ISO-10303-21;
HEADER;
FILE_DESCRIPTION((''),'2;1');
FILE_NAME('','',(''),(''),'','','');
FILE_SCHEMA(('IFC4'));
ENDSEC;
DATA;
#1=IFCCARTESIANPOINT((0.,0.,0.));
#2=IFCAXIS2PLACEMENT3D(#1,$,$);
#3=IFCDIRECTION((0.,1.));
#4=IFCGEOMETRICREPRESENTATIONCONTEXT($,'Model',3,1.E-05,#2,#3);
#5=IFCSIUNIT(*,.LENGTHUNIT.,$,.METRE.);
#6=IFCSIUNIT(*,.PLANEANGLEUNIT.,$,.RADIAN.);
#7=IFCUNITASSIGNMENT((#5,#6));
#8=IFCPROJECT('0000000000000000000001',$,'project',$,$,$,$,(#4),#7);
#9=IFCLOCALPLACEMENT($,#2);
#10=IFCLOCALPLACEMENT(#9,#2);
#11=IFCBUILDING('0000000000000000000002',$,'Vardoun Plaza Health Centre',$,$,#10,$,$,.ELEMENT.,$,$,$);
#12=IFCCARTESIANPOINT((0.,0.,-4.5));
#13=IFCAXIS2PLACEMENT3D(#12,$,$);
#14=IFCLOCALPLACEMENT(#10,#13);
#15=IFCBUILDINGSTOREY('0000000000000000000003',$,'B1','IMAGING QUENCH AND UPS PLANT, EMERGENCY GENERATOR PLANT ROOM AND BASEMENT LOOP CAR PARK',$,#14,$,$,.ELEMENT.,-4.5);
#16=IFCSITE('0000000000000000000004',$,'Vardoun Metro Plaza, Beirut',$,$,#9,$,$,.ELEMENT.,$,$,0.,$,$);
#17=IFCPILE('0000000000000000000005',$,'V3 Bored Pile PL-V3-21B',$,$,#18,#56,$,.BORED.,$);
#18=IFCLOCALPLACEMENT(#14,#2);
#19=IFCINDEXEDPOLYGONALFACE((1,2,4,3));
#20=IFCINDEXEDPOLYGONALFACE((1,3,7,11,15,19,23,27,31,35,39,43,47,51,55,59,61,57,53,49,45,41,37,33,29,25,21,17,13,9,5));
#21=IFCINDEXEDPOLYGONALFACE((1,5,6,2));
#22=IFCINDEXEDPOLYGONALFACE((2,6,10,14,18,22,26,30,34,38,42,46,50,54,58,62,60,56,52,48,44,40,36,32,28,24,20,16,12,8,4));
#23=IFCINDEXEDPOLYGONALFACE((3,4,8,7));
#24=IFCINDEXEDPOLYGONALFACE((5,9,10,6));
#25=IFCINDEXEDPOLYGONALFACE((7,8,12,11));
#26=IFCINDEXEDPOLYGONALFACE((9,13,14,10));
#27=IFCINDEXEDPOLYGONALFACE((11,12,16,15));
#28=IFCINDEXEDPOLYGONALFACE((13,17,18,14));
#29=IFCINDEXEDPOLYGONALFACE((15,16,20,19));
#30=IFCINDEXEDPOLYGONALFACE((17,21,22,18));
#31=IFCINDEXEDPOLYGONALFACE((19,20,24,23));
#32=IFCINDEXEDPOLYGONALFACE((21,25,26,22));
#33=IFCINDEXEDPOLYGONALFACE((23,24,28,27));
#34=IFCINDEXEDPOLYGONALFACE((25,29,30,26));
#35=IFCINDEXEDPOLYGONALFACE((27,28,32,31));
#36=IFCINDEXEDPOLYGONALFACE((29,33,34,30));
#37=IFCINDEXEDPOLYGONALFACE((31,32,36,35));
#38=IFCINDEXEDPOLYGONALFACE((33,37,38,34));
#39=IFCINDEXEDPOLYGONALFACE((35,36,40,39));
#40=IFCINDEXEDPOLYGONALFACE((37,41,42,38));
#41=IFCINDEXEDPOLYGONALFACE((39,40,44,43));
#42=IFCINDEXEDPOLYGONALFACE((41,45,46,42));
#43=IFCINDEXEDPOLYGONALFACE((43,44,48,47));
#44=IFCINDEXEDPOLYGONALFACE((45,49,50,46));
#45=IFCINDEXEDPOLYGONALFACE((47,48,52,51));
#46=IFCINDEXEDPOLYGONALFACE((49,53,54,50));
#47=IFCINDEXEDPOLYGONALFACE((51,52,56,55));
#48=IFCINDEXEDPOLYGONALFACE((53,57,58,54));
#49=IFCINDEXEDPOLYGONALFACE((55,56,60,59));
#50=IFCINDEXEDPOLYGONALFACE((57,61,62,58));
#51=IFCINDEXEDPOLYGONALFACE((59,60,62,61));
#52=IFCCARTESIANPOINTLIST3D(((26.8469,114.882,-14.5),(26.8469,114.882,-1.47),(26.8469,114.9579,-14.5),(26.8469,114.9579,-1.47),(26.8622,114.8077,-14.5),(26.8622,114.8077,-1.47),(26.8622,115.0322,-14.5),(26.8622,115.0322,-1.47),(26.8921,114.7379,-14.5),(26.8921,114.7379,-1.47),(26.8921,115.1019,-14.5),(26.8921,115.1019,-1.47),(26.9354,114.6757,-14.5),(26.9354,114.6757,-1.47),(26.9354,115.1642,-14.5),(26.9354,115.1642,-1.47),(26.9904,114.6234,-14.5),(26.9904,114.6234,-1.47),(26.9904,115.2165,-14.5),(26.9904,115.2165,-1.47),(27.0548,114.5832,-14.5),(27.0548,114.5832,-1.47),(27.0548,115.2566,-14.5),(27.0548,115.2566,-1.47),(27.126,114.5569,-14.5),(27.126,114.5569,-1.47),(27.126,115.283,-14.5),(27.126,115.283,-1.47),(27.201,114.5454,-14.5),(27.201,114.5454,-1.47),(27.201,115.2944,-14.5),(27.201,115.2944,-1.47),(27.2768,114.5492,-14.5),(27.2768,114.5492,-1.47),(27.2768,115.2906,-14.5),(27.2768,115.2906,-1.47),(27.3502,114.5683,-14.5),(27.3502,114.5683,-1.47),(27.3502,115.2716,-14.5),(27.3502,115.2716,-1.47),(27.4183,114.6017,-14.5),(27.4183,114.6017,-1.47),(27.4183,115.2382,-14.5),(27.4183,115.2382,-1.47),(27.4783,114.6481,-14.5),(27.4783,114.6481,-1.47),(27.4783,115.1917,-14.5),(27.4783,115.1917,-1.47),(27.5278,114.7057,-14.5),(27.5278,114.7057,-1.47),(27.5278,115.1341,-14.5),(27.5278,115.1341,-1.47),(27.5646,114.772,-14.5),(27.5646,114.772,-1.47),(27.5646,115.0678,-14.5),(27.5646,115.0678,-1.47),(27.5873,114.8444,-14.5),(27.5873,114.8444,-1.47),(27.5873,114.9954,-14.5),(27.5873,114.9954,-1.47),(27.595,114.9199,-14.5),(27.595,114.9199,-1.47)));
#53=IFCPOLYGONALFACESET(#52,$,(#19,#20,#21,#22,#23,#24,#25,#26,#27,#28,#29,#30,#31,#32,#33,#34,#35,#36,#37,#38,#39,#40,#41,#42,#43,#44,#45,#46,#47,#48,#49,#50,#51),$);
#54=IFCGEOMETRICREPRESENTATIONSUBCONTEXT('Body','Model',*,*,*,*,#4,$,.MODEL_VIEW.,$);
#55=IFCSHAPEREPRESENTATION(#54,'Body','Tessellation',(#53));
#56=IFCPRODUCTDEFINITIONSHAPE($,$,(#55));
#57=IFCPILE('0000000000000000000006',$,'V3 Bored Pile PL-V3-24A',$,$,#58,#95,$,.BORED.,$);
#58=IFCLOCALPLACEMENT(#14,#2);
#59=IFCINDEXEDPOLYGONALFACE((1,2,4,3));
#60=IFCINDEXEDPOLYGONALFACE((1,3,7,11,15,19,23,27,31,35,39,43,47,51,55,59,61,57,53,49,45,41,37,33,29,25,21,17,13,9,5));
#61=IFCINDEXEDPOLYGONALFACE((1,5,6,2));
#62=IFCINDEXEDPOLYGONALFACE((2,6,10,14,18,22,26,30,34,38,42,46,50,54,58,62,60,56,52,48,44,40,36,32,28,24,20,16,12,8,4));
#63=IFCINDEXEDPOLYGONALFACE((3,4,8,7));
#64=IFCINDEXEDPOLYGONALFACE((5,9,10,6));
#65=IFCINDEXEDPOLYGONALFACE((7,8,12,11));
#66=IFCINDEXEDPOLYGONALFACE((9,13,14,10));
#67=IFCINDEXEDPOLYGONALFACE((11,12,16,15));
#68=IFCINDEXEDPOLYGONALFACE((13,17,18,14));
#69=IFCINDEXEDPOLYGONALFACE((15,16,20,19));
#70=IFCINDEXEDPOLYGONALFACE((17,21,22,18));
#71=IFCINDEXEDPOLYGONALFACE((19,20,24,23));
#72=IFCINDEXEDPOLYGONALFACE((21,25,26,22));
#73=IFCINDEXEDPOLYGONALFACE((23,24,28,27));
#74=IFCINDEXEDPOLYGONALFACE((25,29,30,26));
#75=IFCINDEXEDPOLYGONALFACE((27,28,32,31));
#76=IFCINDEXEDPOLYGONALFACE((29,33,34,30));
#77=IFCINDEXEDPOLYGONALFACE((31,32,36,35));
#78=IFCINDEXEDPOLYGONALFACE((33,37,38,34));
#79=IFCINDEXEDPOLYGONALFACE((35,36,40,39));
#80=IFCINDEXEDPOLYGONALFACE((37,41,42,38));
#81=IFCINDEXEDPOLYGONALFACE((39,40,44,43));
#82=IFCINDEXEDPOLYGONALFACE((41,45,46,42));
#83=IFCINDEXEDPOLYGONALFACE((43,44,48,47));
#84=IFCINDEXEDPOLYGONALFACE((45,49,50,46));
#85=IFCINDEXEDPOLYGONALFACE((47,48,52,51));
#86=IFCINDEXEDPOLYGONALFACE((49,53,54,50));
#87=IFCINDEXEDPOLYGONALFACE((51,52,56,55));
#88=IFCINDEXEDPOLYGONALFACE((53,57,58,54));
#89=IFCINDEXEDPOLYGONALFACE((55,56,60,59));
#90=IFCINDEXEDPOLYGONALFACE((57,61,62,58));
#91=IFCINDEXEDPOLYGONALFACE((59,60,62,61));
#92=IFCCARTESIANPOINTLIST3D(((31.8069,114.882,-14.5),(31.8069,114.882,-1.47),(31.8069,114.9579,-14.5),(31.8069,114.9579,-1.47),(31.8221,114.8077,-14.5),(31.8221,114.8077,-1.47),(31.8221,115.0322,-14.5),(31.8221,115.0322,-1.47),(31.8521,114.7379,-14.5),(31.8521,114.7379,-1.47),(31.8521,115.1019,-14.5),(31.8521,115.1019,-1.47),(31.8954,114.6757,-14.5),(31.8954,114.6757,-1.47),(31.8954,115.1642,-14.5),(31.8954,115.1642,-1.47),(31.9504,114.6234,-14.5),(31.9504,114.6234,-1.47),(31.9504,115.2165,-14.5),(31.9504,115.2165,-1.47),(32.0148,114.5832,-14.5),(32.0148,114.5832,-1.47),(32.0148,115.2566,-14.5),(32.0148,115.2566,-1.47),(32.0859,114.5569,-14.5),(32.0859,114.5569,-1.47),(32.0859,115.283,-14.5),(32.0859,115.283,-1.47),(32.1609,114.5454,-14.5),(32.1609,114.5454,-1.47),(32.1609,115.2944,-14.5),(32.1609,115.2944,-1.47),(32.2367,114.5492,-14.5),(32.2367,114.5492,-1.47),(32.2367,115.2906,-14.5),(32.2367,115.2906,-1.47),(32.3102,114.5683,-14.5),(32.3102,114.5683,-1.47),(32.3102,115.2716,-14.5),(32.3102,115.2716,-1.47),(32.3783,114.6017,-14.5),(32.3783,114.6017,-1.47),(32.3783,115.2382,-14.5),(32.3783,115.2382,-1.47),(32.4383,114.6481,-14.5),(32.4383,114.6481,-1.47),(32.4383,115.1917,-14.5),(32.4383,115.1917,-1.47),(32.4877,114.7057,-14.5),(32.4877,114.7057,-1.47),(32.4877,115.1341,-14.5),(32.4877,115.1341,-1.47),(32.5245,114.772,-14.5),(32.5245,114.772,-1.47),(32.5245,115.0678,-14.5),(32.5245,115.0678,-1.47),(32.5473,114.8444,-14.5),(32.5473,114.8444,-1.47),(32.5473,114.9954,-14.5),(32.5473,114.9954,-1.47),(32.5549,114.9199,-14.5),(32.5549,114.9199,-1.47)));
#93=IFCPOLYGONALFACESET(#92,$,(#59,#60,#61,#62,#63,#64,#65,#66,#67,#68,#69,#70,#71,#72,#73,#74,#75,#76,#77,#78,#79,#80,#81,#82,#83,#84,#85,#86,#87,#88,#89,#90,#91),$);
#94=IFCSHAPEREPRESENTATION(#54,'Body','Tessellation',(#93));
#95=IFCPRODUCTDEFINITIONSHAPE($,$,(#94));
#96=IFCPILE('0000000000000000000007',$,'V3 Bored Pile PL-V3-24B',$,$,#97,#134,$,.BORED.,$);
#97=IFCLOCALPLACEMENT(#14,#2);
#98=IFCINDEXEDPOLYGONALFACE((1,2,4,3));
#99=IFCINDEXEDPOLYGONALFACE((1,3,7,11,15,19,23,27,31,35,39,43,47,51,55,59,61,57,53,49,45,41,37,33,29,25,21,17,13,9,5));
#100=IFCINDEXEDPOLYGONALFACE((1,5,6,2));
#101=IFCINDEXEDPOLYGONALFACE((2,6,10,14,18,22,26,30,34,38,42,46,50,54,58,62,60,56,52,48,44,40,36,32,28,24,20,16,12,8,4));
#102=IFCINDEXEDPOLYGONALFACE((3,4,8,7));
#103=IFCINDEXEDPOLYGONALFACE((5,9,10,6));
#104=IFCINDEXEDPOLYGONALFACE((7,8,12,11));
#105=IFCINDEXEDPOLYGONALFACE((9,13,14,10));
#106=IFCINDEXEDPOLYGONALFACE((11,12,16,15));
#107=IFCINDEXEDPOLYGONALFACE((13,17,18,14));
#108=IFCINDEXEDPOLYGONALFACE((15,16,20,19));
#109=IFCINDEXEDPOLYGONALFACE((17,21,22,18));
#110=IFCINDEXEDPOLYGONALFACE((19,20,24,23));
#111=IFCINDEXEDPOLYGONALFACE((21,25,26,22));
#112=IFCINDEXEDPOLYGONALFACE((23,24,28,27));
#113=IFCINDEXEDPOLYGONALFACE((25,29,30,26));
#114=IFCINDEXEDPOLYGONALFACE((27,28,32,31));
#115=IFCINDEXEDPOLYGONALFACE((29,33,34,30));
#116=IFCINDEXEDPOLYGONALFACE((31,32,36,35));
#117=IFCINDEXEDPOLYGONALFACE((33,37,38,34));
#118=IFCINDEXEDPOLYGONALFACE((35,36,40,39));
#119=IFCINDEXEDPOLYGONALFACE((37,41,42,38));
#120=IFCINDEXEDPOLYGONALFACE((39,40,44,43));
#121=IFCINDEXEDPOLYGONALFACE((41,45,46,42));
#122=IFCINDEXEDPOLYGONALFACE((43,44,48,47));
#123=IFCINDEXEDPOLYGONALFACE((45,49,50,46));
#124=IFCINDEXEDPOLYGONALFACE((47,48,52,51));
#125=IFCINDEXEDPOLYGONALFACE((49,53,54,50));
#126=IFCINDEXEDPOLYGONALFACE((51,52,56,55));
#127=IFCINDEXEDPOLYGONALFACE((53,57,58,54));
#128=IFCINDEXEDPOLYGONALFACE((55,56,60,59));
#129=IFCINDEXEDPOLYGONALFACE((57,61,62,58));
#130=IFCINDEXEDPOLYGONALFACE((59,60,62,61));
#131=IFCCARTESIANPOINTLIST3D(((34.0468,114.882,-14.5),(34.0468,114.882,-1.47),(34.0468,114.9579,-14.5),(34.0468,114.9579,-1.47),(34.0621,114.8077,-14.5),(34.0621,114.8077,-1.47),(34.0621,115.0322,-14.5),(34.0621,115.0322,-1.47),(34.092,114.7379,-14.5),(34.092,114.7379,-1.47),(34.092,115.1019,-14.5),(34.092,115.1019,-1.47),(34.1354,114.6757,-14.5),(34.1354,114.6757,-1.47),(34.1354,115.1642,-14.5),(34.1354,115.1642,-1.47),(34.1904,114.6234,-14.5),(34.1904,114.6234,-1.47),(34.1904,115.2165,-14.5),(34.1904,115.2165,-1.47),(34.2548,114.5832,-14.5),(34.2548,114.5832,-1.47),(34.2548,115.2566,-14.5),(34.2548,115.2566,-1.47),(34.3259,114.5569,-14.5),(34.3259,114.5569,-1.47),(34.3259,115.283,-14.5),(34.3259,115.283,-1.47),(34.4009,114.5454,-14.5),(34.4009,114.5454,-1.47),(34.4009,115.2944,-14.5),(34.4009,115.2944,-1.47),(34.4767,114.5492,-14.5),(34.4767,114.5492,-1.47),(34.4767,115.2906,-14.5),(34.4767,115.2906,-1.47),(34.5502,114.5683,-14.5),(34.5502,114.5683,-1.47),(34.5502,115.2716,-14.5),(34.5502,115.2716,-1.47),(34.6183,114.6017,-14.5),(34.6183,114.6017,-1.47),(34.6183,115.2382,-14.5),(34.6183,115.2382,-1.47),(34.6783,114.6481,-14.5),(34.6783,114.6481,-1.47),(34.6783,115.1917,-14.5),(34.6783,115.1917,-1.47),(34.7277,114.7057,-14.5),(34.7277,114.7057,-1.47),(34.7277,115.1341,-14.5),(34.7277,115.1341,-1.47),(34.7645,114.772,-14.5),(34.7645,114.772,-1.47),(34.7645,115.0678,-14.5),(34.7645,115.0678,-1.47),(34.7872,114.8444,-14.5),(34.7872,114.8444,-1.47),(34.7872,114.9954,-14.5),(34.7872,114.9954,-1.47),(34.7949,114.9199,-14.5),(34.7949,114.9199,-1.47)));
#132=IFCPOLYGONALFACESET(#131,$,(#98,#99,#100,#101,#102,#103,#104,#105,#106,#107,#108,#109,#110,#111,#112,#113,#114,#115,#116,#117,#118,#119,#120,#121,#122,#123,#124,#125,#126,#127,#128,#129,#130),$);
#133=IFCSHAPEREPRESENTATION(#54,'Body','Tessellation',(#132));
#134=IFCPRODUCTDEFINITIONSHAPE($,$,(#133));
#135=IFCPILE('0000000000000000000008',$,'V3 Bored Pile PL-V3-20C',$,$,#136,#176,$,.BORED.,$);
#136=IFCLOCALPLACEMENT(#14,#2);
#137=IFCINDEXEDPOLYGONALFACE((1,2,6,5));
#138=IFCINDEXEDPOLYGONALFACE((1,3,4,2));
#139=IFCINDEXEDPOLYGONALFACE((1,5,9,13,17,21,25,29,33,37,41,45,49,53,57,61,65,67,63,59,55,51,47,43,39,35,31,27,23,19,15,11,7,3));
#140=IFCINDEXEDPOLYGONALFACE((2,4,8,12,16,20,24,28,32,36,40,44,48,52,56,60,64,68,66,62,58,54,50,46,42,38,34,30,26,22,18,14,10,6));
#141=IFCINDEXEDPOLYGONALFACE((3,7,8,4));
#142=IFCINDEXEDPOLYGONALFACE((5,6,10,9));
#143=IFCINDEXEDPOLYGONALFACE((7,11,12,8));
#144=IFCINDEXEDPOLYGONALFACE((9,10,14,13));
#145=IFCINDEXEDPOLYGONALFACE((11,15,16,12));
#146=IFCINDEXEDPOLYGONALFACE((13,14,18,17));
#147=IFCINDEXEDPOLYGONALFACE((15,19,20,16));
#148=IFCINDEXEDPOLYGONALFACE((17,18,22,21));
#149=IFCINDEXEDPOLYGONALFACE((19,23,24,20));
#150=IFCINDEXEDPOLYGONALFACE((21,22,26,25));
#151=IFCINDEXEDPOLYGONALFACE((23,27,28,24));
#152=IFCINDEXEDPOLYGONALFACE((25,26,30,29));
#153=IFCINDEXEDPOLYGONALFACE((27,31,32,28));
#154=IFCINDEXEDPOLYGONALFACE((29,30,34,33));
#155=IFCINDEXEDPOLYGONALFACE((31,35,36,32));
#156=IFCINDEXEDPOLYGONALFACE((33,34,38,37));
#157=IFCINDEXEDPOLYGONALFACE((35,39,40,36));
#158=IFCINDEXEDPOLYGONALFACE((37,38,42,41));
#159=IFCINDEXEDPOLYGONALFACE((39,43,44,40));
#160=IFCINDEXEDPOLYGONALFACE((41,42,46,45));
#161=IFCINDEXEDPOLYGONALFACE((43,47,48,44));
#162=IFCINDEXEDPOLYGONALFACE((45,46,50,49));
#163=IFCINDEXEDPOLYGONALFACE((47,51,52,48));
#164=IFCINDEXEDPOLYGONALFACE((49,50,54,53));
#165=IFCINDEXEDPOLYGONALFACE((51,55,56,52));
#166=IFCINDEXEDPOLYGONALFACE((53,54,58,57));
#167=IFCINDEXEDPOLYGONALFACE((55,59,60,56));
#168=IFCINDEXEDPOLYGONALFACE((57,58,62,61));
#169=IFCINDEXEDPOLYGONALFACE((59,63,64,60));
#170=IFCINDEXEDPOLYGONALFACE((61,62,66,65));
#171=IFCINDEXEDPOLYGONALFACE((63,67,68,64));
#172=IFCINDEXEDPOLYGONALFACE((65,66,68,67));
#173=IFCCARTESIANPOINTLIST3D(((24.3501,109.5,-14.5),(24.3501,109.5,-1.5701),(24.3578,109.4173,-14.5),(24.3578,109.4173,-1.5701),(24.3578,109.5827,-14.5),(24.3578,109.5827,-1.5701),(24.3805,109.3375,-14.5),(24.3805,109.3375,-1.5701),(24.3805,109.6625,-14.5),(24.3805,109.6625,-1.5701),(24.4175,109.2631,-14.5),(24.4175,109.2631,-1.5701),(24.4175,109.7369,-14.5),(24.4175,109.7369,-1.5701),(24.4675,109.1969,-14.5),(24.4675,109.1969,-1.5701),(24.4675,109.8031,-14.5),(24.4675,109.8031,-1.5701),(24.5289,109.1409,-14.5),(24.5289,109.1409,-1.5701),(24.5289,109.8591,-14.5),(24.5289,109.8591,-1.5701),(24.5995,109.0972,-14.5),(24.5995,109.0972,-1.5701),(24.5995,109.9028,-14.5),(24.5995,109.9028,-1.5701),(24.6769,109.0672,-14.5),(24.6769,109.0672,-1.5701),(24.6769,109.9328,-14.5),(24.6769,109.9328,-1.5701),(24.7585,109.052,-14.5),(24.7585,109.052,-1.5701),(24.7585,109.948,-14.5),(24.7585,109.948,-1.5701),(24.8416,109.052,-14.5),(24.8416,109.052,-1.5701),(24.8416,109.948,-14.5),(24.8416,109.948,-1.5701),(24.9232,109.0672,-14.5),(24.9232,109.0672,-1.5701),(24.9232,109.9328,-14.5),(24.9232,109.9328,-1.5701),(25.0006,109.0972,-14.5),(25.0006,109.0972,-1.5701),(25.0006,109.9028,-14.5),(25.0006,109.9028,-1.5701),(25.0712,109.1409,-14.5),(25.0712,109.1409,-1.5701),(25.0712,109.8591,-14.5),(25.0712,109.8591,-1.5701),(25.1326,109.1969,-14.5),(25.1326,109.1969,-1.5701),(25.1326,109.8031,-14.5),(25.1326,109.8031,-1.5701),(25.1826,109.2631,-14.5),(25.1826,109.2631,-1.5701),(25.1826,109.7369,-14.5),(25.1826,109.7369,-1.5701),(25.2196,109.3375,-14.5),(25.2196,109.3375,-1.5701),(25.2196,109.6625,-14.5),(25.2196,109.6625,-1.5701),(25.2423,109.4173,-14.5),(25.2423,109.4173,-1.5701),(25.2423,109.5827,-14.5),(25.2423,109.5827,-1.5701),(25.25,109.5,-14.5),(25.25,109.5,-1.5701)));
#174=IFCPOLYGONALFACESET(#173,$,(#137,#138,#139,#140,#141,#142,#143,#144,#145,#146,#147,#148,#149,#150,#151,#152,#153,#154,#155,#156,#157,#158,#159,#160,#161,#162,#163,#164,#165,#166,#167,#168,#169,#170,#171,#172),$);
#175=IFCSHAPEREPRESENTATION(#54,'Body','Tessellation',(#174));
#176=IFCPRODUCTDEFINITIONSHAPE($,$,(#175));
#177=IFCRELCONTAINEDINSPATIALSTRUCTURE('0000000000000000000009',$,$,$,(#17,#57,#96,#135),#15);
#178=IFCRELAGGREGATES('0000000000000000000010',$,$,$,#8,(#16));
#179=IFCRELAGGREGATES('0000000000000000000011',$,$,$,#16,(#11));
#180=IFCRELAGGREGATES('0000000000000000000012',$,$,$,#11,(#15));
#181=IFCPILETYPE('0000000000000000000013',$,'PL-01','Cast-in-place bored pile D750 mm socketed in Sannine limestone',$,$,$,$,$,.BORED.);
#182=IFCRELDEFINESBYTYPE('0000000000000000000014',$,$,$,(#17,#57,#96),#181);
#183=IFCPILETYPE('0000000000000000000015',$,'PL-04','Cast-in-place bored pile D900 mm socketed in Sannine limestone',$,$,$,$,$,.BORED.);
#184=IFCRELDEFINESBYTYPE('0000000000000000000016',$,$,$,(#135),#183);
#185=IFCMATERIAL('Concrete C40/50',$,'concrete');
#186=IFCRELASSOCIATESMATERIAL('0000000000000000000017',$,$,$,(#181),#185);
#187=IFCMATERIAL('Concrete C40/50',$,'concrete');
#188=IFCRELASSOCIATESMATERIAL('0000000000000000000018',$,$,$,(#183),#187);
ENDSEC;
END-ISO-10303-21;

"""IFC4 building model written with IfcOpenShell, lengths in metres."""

from ifc_helpers import new_model, si_unit, direction, frame, origin, origin_2d, place, context, subcontext, project, spatial, circle, extrude, material, material_profile, profile_set, type_object, element, save


model = new_model("IFC4")

# Units and contexts
model_context = context("Model", 3, precision=1e-05, world=origin(), true_north=direction((0.0, 1.0)))
body_context = subcontext(model_context, "Body", "Model", "MODEL_VIEW")
ifc_project = project(units=[si_unit("LENGTHUNIT", "METRE"), si_unit("PLANEANGLEUNIT", "RADIAN")], contexts=[model_context])

# Site, building, storey
site_placement = place(None, origin())
site = spatial("IfcSite", under=ifc_project, at=site_placement, Name="Vardoun Metro Plaza, Beirut", CompositionType="ELEMENT", RefElevation=0.0)
building_placement = place(site_placement, origin())
building = spatial("IfcBuilding", under=site, at=building_placement, Name="Vardoun Plaza Health Centre", CompositionType="ELEMENT")
storey_placement = place(building_placement, frame((0.0, 0.0, -4.5)))
storey = spatial("IfcBuildingStorey", under=building, at=storey_placement, Name="B1", Description="IMAGING QUENCH AND UPS PLANT, EMERGENCY GENERATOR PLANT ROOM AND BASEMENT LOOP CAR PARK", CompositionType="ELEMENT", Elevation=-4.5)

# Piles
ifc_material_1 = material(Name="Concrete C40/50", Category="concrete")
ifc_material_profile_1 = material_profile(ifc_material_1, circle(Radius=0.375, at=origin_2d()), Name="PILE D750")
ifc_profile_set_1 = profile_set([ifc_material_profile_1], Name="Concrete C40/50")
pile_type_1 = type_object("IfcPileType", Name="PL-01", Description="Cast-in-place bored pile D750 mm socketed in Sannine limestone", PredefinedType="BORED", material=ifc_profile_set_1)
for number, where, z_axis, x_axis, name in (
    (1, (27.22, 114.9199, -1.47), (0.0, 0.0, -1.0), (1.0, 0.0, 0.0), "V3 Bored Pile PL-V3-21B"),
    (2, (32.1799, 114.9199, -1.47), (0.0, 0.0, -1.0), (1.0, 0.0, 0.0), "V3 Bored Pile PL-V3-24A"),
    (3, (34.4199, 114.9199, -1.47), (0.0, 0.0, -1.0), (1.0, 0.0, 0.0), "V3 Bored Pile PL-V3-24B"),
):
    element("IfcPile", number, at=place(storey_placement, frame(where, z_axis=z_axis, x_axis=x_axis)), inside=storey, type_object=pile_type_1, Name=name, PredefinedType="BORED", context=body_context, shape_type="SweptSolid", body=[
        extrude(circle(Radius=0.375, at=origin_2d()), origin(), (0.0, 0.0, 1.0), 13.03),
    ])
ifc_material_2 = material(Name="Concrete C40/50", Category="concrete")
ifc_material_profile_2 = material_profile(ifc_material_2, circle(Radius=0.45, at=origin_2d()), Name="PILE D900")
ifc_profile_set_2 = profile_set([ifc_material_profile_2], Name="Concrete C40/50")
pile_type_2 = type_object("IfcPileType", Name="PL-04", Description="Cast-in-place bored pile D900 mm socketed in Sannine limestone", PredefinedType="BORED", material=ifc_profile_set_2)
for number, where, z_axis, x_axis, name in (
    (4, (24.8, 109.5, -1.5701), (0.0, 0.0, -1.0), (1.0, 0.0, 0.0), "V3 Bored Pile PL-V3-20C"),
):
    element("IfcPile", number, at=place(storey_placement, frame(where, z_axis=z_axis, x_axis=x_axis)), inside=storey, type_object=pile_type_2, Name=name, PredefinedType="BORED", context=body_context, shape_type="SweptSolid", body=[
        extrude(circle(Radius=0.45, at=origin_2d()), origin(), (0.0, 0.0, 1.0), 12.9299),
    ])

save(model, "model.ifc")
